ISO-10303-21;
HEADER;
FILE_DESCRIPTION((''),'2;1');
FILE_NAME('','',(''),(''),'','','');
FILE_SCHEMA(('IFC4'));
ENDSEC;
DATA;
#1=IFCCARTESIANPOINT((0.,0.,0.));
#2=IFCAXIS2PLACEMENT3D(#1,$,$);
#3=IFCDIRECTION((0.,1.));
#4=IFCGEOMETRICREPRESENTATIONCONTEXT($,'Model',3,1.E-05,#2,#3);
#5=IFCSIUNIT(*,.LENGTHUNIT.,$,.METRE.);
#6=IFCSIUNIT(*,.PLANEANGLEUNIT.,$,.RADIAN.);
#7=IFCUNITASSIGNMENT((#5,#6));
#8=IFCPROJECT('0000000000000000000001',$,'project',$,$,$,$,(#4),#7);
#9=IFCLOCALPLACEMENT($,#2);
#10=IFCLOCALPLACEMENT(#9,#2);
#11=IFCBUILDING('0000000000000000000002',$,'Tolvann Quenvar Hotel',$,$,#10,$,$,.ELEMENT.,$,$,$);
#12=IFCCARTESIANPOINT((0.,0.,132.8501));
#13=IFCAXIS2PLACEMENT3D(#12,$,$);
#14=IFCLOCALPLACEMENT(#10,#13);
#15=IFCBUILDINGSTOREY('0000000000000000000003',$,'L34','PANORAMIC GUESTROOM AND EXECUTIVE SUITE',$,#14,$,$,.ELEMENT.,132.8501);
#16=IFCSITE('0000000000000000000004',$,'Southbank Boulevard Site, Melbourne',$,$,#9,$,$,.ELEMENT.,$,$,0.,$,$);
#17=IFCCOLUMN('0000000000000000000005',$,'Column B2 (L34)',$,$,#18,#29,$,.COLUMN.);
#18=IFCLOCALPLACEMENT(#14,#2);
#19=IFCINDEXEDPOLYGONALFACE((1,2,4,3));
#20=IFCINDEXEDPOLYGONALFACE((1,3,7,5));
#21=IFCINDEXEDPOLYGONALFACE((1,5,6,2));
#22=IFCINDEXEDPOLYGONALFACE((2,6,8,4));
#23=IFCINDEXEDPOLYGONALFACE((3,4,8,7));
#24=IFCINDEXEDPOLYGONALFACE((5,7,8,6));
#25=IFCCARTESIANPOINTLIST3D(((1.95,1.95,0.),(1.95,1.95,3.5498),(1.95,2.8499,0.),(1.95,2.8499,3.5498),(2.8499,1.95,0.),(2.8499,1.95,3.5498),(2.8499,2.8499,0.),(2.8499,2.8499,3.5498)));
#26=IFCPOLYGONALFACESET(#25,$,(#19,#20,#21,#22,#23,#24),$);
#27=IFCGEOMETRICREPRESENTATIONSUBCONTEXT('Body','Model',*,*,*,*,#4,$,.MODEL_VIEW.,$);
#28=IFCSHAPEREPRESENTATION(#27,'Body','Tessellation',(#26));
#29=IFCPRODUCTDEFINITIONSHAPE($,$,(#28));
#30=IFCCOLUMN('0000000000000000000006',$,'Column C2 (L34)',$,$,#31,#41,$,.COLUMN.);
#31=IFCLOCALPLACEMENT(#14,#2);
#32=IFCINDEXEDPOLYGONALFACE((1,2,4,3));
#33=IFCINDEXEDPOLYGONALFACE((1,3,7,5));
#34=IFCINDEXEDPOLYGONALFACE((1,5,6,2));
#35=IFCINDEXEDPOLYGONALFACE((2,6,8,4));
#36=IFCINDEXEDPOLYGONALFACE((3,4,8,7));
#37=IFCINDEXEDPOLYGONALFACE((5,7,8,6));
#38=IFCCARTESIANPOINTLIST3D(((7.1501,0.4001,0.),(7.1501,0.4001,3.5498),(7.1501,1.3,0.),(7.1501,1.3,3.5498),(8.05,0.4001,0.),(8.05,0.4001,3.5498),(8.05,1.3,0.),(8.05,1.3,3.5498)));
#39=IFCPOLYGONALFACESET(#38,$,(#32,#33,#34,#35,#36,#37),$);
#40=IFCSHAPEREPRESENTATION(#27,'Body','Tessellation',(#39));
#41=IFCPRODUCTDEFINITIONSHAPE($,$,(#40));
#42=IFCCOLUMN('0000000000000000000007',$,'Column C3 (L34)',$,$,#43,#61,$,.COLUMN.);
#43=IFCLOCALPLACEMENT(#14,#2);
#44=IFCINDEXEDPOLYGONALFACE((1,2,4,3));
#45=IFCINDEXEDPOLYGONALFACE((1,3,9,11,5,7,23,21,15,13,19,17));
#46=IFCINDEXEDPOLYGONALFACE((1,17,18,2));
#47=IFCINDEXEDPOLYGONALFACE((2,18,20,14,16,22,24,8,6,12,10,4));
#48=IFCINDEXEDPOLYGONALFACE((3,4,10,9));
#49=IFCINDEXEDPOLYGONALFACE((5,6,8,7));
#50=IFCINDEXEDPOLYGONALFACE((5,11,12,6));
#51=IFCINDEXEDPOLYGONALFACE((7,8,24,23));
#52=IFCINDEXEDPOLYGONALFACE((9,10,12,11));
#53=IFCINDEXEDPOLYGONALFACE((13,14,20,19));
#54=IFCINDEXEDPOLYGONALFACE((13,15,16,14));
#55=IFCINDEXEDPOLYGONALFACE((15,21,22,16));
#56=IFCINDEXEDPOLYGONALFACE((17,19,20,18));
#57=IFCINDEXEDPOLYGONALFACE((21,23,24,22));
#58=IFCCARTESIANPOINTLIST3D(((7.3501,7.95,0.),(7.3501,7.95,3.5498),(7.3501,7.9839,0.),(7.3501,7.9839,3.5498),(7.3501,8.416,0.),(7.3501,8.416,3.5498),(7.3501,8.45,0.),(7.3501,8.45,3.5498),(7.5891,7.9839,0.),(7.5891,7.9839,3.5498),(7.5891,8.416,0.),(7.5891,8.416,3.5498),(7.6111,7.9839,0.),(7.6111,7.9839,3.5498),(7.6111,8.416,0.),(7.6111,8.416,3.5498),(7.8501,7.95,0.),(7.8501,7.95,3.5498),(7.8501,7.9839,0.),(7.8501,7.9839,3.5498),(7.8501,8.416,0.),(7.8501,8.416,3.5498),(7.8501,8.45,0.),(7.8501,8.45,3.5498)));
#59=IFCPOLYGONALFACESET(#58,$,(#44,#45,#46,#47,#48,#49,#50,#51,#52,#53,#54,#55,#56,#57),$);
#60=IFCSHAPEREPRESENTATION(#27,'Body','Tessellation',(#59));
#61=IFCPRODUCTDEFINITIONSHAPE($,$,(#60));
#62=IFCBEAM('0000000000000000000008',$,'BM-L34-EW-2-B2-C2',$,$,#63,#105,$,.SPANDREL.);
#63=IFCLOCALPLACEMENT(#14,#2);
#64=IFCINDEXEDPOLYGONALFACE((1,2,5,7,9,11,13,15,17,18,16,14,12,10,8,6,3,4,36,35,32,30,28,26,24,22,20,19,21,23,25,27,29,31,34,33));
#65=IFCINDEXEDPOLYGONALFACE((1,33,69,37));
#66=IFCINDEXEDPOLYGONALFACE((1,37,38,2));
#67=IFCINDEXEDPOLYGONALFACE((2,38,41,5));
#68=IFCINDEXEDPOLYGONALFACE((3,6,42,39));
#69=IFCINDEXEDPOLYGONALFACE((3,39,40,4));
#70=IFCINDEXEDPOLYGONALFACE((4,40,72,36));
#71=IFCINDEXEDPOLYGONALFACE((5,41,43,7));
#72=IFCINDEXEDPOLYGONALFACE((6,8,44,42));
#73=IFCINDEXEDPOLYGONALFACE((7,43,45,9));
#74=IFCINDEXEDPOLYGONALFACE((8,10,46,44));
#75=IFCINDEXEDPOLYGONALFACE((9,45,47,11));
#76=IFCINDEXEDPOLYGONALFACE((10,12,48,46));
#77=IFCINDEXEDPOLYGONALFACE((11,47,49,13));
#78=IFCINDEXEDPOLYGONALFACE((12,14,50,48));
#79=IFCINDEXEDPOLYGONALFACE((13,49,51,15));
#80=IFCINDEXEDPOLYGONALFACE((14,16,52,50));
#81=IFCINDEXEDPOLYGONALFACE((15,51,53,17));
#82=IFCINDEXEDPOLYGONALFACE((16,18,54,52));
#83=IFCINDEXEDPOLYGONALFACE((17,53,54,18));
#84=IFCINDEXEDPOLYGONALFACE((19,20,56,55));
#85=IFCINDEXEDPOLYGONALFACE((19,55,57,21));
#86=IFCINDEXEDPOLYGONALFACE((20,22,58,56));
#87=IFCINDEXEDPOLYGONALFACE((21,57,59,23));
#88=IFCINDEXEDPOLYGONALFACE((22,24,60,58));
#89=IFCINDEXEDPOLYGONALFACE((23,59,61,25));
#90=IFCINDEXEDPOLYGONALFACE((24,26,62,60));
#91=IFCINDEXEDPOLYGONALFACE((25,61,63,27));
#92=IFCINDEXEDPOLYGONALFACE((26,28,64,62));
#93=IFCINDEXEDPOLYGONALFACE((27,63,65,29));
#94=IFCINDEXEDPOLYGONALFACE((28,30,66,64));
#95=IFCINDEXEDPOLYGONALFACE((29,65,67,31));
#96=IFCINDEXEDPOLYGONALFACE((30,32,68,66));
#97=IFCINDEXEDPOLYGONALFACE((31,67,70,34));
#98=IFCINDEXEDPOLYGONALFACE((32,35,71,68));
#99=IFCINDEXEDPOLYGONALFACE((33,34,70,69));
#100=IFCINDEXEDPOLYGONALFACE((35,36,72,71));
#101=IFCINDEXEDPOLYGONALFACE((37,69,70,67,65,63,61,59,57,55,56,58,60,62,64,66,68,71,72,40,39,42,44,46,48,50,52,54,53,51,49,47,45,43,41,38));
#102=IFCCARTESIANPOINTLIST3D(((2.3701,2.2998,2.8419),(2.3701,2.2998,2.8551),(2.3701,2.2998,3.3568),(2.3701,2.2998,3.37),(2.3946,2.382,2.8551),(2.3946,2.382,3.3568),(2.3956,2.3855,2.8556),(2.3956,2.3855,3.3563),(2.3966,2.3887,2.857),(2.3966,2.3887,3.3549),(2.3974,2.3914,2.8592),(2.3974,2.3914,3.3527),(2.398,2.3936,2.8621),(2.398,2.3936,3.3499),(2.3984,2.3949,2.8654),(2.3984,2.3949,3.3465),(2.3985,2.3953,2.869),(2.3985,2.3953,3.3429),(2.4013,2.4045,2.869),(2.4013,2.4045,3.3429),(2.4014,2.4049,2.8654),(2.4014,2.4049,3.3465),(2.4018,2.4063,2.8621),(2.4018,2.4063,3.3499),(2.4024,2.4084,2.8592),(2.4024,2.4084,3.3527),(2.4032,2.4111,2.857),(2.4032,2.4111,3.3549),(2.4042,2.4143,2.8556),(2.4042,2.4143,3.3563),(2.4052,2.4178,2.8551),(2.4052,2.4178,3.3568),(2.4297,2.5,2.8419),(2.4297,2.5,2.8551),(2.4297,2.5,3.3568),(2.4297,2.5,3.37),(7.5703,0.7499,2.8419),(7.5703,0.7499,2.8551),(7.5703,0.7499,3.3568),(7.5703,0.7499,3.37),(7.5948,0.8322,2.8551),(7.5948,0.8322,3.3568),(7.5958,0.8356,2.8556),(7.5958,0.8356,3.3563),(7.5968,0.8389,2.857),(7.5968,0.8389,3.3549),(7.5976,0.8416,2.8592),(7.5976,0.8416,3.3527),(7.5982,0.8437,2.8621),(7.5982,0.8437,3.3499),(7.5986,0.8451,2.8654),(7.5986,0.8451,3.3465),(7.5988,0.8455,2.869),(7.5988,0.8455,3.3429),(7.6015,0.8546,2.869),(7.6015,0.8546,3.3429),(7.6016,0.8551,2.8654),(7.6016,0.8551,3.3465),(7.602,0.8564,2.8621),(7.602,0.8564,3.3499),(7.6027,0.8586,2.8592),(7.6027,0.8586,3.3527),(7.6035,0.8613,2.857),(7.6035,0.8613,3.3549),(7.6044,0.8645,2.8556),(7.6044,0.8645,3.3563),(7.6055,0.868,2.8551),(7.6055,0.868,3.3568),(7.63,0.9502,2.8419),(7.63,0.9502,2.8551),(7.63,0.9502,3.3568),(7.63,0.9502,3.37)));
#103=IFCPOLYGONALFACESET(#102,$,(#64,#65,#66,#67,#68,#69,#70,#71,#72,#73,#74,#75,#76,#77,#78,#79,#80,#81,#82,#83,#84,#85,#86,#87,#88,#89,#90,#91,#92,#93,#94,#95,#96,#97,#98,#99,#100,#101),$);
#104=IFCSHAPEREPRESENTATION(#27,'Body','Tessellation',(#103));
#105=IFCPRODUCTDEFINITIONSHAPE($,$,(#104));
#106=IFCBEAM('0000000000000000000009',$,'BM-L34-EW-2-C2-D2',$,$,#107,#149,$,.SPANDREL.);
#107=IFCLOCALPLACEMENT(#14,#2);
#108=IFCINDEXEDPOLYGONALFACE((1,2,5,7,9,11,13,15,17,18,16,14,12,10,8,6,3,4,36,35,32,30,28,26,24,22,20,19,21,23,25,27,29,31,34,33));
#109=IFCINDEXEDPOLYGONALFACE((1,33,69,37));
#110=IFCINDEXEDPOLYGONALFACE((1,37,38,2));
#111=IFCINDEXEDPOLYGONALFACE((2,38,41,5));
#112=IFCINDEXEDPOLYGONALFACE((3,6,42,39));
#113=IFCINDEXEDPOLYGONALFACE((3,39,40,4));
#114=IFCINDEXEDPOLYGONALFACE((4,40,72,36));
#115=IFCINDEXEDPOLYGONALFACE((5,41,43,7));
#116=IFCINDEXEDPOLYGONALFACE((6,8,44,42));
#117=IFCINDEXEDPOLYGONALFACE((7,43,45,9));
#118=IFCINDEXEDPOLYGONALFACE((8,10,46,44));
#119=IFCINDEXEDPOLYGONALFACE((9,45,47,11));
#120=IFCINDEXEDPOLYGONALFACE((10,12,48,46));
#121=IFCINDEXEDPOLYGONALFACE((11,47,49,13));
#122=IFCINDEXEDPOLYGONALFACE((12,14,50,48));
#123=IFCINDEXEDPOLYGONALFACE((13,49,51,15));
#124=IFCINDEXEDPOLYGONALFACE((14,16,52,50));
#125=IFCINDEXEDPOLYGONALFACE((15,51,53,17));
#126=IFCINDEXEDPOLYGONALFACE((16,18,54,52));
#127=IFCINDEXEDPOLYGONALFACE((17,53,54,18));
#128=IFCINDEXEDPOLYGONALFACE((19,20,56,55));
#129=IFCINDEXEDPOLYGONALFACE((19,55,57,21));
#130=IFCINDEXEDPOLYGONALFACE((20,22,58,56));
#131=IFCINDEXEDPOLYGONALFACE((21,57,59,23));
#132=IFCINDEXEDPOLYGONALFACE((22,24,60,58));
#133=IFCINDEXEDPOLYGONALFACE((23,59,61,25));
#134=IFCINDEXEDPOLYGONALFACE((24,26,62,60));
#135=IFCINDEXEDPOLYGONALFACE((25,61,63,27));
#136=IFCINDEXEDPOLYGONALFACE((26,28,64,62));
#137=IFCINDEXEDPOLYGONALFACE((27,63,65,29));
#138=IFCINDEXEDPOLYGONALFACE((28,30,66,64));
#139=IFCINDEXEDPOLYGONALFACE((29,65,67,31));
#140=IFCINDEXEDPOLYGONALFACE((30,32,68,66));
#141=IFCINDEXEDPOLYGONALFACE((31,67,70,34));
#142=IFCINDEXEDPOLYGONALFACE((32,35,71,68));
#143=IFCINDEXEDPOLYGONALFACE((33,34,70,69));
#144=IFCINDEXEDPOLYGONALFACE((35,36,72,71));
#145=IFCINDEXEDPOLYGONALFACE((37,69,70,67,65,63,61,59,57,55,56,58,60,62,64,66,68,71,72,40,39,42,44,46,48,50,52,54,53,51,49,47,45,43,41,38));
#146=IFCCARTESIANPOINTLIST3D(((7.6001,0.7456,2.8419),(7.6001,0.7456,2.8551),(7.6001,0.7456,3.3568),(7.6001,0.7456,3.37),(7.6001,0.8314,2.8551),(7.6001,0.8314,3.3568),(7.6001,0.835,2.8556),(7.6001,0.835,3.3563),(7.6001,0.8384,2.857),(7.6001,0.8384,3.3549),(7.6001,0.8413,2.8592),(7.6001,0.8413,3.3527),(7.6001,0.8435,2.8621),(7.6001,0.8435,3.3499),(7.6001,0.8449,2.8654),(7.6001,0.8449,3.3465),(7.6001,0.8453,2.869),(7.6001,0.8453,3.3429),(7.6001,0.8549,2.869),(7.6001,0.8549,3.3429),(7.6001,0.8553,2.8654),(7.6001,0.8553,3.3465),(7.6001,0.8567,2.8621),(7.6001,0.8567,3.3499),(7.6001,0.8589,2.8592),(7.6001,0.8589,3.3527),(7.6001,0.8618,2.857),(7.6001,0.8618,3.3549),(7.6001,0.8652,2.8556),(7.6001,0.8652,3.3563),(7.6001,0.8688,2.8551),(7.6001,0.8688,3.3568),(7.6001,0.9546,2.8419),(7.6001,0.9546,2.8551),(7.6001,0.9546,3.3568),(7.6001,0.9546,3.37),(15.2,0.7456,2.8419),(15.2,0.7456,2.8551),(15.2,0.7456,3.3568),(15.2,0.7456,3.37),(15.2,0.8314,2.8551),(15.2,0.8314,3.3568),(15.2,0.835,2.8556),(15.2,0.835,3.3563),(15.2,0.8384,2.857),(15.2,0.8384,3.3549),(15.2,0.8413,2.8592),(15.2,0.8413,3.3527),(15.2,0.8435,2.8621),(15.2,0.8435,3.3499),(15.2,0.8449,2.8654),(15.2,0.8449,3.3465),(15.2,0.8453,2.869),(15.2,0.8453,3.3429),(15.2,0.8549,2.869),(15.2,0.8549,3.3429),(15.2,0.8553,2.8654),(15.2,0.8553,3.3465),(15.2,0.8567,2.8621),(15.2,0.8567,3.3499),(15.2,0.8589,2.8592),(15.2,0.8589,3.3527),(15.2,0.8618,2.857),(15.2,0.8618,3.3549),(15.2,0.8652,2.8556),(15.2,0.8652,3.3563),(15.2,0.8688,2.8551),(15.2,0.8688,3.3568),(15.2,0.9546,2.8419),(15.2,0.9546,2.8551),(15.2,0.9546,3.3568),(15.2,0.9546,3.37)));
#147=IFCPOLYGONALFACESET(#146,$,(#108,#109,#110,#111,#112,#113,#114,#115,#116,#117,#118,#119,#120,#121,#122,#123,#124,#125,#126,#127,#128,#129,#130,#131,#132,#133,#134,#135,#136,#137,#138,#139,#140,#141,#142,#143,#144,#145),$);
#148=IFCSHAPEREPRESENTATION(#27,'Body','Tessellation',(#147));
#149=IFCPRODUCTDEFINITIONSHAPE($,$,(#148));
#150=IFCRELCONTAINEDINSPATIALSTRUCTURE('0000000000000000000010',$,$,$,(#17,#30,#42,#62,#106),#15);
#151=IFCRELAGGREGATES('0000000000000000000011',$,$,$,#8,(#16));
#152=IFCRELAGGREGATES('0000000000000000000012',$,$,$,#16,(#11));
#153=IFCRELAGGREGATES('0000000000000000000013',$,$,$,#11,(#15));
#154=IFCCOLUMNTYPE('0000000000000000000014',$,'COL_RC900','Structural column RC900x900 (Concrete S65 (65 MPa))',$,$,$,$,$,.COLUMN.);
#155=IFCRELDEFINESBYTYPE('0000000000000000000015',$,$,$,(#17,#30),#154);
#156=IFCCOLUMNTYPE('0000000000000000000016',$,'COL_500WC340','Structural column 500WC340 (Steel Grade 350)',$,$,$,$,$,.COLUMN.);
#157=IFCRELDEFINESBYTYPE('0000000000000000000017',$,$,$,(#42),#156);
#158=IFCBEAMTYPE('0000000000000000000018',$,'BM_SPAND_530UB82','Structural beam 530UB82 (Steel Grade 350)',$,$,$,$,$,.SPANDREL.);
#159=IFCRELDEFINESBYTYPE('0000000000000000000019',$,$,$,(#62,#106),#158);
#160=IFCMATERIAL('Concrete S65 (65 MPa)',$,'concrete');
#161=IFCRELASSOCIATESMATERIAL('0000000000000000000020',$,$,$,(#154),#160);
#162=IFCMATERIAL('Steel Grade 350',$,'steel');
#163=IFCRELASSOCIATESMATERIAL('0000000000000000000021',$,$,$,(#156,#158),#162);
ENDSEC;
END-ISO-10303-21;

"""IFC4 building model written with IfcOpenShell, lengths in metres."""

from ifc_helpers import new_model, si_unit, direction, frame, origin, origin_2d, place, context, subcontext, project, spatial, rectangle, i_section, extrude, source, transform, mapped, material, material_profile, profile_set, type_object, type_shapes, element, save


model = new_model("IFC4")

# Units and contexts
model_context = context("Model", 3, precision=1e-05, world=origin(), true_north=direction((0.0, 1.0)))
body_context = subcontext(model_context, "Body", "Model", "MODEL_VIEW")
ifc_project = project(units=[si_unit("LENGTHUNIT", "METRE"), si_unit("PLANEANGLEUNIT", "RADIAN")], contexts=[model_context])

# Site, building, storey
site_placement = place(None, origin())
site = spatial("IfcSite", under=ifc_project, at=site_placement, Name="Southbank Boulevard Site, Melbourne", CompositionType="ELEMENT", RefElevation=0.0)
building_placement = place(site_placement, origin())
building = spatial("IfcBuilding", under=site, at=building_placement, Name="Tolvann Quenvar Hotel", CompositionType="ELEMENT")
storey_placement = place(building_placement, frame((0.0, 0.0, 132.8501)))
storey = spatial("IfcBuildingStorey", under=building, at=storey_placement, Name="L34", Description="PANORAMIC GUESTROOM AND EXECUTIVE SUITE", CompositionType="ELEMENT", Elevation=132.8501)

# Columns
ifc_material_1 = material(Name="Concrete S65 (65 MPa)", Category="concrete")
ifc_material_profile_1 = material_profile(ifc_material_1, rectangle(XDim=0.8999, YDim=0.8999, at=origin_2d()), Name="RC900x900")
ifc_profile_set_1 = profile_set([ifc_material_profile_1], Name="Concrete S65 (65 MPa)")
column_type_1 = type_object("IfcColumnType", Name="COL_RC900", Description="Structural column RC900x900 (Concrete S65 (65 MPa))", PredefinedType="COLUMN", material=ifc_profile_set_1)
shared_shape_1 = source(origin(), body_context, "Body", "SweptSolid", [
    extrude(rectangle(XDim=0.8999, YDim=0.8999, at=origin_2d()), origin(), (0.0, 0.0, 1.0), 3.5498),
])
type_shapes(column_type_1, [shared_shape_1])
for number, where, z_axis, x_axis, name in (
    (1, (2.3999, 2.3999, 0.0), (0.0, 0.0, 1.0), (1.0, 0.0, 0.0), "Column B2 (L34)"),
    (2, (7.6001, 0.8501, 0.0), (0.0, 0.0, 1.0), (1.0, 0.0, 0.0), "Column C2 (L34)"),
):
    element("IfcColumn", number, at=place(storey_placement, frame(where, z_axis=z_axis, x_axis=x_axis)), inside=storey, type_object=column_type_1, Name=name, PredefinedType="COLUMN", context=body_context, shape_type="MappedRepresentation", body=[
        mapped(shared_shape_1, transform((0.0, 0.0, 0.0), x_axis=(1.0, 0.0, 0.0), y_axis=(0.0, 1.0, 0.0), z_axis=(0.0, 0.0, 1.0), scale=1.0)),
    ])
ifc_material_2 = material(Name="Steel Grade 350", Category="steel")
ifc_material_profile_2 = material_profile(ifc_material_2, i_section(OverallWidth=0.5, OverallDepth=0.5, WebThickness=0.022, FlangeThickness=0.0339, at=origin_2d()), Name="500WC340")
ifc_profile_set_2 = profile_set([ifc_material_profile_2], Name="Steel Grade 350")
column_type_2 = type_object("IfcColumnType", Name="COL_500WC340", Description="Structural column 500WC340 (Steel Grade 350)", PredefinedType="COLUMN", material=ifc_profile_set_2)
shared_shape_2 = source(origin(), body_context, "Body", "SweptSolid", [
    extrude(i_section(OverallWidth=0.5, OverallDepth=0.5, WebThickness=0.022, FlangeThickness=0.0339, at=origin_2d()), origin(), (0.0, 0.0, 1.0), 3.5498),
])
type_shapes(column_type_2, [shared_shape_2])
column_placement = place(storey_placement, frame((7.6001, 8.2, 0.0), z_axis=(0.0, 0.0, 1.0), x_axis=(1.0, 0.0, 0.0)))
element("IfcColumn", 3, at=column_placement, inside=storey, type_object=column_type_2, Name="Column C3 (L34)", PredefinedType="COLUMN", context=body_context, shape_type="MappedRepresentation", body=[
    mapped(shared_shape_2, transform((0.0, 0.0, 0.0), x_axis=(1.0, 0.0, 0.0), y_axis=(0.0, 1.0, 0.0), z_axis=(0.0, 0.0, 1.0), scale=1.0)),
])

# Beams
ifc_material_profile_3 = material_profile(ifc_material_2, i_section(OverallWidth=0.209, OverallDepth=0.5281, WebThickness=0.0095, FlangeThickness=0.0132, FilletRadius=0.0139, at=origin_2d()), Name="530UB82")
ifc_profile_set_3 = profile_set([ifc_material_profile_3], Name="Steel Grade 350")
beam_type_1 = type_object("IfcBeamType", Name="BM_SPAND_530UB82", Description="Structural beam 530UB82 (Steel Grade 350)", PredefinedType="SPANDREL", material=ifc_profile_set_3)
shared_shape_3 = source(origin(), body_context, "Body", "SweptSolid", [
    extrude(i_section(OverallWidth=0.209, OverallDepth=0.5281, WebThickness=0.0095, FlangeThickness=0.0132, FilletRadius=0.0139, at=origin_2d()), origin(), (0.0, 0.0, 1.0), 5.4263),
])
beam_1_placement = place(storey_placement, frame((2.3999, 2.3999, 3.106), z_axis=(0.958345, -0.285614, 0.0), x_axis=(0.285614, 0.958345, 0.0)))
element("IfcBeam", 4, at=beam_1_placement, inside=storey, type_object=beam_type_1, Name="BM-L34-EW-2-B2-C2", PredefinedType="SPANDREL", context=body_context, shape_type="MappedRepresentation", body=[
    mapped(shared_shape_3, transform((0.0, 0.0, 0.0), x_axis=(1.0, 0.0, 0.0), y_axis=(0.0, 1.0, 0.0), z_axis=(0.0, 0.0, 1.0), scale=1.0)),
])
shared_shape_4 = source(origin(), body_context, "Body", "SweptSolid", [
    extrude(i_section(OverallWidth=0.209, OverallDepth=0.5281, WebThickness=0.0095, FlangeThickness=0.0132, FilletRadius=0.0139, at=origin_2d()), origin(), (0.0, 0.0, 1.0), 7.5999),
])
beam_2_placement = place(storey_placement, frame((7.6001, 0.8501, 3.106), z_axis=(1.0, 0.0, 0.0), x_axis=(0.0, 1.0, 0.0)))
element("IfcBeam", 5, at=beam_2_placement, inside=storey, type_object=beam_type_1, Name="BM-L34-EW-2-C2-D2", PredefinedType="SPANDREL", context=body_context, shape_type="MappedRepresentation", body=[
    mapped(shared_shape_4, transform((0.0, 0.0, 0.0), x_axis=(1.0, 0.0, 0.0), y_axis=(0.0, 1.0, 0.0), z_axis=(0.0, 0.0, 1.0), scale=1.0)),
])

save(model, "model.ifc")
